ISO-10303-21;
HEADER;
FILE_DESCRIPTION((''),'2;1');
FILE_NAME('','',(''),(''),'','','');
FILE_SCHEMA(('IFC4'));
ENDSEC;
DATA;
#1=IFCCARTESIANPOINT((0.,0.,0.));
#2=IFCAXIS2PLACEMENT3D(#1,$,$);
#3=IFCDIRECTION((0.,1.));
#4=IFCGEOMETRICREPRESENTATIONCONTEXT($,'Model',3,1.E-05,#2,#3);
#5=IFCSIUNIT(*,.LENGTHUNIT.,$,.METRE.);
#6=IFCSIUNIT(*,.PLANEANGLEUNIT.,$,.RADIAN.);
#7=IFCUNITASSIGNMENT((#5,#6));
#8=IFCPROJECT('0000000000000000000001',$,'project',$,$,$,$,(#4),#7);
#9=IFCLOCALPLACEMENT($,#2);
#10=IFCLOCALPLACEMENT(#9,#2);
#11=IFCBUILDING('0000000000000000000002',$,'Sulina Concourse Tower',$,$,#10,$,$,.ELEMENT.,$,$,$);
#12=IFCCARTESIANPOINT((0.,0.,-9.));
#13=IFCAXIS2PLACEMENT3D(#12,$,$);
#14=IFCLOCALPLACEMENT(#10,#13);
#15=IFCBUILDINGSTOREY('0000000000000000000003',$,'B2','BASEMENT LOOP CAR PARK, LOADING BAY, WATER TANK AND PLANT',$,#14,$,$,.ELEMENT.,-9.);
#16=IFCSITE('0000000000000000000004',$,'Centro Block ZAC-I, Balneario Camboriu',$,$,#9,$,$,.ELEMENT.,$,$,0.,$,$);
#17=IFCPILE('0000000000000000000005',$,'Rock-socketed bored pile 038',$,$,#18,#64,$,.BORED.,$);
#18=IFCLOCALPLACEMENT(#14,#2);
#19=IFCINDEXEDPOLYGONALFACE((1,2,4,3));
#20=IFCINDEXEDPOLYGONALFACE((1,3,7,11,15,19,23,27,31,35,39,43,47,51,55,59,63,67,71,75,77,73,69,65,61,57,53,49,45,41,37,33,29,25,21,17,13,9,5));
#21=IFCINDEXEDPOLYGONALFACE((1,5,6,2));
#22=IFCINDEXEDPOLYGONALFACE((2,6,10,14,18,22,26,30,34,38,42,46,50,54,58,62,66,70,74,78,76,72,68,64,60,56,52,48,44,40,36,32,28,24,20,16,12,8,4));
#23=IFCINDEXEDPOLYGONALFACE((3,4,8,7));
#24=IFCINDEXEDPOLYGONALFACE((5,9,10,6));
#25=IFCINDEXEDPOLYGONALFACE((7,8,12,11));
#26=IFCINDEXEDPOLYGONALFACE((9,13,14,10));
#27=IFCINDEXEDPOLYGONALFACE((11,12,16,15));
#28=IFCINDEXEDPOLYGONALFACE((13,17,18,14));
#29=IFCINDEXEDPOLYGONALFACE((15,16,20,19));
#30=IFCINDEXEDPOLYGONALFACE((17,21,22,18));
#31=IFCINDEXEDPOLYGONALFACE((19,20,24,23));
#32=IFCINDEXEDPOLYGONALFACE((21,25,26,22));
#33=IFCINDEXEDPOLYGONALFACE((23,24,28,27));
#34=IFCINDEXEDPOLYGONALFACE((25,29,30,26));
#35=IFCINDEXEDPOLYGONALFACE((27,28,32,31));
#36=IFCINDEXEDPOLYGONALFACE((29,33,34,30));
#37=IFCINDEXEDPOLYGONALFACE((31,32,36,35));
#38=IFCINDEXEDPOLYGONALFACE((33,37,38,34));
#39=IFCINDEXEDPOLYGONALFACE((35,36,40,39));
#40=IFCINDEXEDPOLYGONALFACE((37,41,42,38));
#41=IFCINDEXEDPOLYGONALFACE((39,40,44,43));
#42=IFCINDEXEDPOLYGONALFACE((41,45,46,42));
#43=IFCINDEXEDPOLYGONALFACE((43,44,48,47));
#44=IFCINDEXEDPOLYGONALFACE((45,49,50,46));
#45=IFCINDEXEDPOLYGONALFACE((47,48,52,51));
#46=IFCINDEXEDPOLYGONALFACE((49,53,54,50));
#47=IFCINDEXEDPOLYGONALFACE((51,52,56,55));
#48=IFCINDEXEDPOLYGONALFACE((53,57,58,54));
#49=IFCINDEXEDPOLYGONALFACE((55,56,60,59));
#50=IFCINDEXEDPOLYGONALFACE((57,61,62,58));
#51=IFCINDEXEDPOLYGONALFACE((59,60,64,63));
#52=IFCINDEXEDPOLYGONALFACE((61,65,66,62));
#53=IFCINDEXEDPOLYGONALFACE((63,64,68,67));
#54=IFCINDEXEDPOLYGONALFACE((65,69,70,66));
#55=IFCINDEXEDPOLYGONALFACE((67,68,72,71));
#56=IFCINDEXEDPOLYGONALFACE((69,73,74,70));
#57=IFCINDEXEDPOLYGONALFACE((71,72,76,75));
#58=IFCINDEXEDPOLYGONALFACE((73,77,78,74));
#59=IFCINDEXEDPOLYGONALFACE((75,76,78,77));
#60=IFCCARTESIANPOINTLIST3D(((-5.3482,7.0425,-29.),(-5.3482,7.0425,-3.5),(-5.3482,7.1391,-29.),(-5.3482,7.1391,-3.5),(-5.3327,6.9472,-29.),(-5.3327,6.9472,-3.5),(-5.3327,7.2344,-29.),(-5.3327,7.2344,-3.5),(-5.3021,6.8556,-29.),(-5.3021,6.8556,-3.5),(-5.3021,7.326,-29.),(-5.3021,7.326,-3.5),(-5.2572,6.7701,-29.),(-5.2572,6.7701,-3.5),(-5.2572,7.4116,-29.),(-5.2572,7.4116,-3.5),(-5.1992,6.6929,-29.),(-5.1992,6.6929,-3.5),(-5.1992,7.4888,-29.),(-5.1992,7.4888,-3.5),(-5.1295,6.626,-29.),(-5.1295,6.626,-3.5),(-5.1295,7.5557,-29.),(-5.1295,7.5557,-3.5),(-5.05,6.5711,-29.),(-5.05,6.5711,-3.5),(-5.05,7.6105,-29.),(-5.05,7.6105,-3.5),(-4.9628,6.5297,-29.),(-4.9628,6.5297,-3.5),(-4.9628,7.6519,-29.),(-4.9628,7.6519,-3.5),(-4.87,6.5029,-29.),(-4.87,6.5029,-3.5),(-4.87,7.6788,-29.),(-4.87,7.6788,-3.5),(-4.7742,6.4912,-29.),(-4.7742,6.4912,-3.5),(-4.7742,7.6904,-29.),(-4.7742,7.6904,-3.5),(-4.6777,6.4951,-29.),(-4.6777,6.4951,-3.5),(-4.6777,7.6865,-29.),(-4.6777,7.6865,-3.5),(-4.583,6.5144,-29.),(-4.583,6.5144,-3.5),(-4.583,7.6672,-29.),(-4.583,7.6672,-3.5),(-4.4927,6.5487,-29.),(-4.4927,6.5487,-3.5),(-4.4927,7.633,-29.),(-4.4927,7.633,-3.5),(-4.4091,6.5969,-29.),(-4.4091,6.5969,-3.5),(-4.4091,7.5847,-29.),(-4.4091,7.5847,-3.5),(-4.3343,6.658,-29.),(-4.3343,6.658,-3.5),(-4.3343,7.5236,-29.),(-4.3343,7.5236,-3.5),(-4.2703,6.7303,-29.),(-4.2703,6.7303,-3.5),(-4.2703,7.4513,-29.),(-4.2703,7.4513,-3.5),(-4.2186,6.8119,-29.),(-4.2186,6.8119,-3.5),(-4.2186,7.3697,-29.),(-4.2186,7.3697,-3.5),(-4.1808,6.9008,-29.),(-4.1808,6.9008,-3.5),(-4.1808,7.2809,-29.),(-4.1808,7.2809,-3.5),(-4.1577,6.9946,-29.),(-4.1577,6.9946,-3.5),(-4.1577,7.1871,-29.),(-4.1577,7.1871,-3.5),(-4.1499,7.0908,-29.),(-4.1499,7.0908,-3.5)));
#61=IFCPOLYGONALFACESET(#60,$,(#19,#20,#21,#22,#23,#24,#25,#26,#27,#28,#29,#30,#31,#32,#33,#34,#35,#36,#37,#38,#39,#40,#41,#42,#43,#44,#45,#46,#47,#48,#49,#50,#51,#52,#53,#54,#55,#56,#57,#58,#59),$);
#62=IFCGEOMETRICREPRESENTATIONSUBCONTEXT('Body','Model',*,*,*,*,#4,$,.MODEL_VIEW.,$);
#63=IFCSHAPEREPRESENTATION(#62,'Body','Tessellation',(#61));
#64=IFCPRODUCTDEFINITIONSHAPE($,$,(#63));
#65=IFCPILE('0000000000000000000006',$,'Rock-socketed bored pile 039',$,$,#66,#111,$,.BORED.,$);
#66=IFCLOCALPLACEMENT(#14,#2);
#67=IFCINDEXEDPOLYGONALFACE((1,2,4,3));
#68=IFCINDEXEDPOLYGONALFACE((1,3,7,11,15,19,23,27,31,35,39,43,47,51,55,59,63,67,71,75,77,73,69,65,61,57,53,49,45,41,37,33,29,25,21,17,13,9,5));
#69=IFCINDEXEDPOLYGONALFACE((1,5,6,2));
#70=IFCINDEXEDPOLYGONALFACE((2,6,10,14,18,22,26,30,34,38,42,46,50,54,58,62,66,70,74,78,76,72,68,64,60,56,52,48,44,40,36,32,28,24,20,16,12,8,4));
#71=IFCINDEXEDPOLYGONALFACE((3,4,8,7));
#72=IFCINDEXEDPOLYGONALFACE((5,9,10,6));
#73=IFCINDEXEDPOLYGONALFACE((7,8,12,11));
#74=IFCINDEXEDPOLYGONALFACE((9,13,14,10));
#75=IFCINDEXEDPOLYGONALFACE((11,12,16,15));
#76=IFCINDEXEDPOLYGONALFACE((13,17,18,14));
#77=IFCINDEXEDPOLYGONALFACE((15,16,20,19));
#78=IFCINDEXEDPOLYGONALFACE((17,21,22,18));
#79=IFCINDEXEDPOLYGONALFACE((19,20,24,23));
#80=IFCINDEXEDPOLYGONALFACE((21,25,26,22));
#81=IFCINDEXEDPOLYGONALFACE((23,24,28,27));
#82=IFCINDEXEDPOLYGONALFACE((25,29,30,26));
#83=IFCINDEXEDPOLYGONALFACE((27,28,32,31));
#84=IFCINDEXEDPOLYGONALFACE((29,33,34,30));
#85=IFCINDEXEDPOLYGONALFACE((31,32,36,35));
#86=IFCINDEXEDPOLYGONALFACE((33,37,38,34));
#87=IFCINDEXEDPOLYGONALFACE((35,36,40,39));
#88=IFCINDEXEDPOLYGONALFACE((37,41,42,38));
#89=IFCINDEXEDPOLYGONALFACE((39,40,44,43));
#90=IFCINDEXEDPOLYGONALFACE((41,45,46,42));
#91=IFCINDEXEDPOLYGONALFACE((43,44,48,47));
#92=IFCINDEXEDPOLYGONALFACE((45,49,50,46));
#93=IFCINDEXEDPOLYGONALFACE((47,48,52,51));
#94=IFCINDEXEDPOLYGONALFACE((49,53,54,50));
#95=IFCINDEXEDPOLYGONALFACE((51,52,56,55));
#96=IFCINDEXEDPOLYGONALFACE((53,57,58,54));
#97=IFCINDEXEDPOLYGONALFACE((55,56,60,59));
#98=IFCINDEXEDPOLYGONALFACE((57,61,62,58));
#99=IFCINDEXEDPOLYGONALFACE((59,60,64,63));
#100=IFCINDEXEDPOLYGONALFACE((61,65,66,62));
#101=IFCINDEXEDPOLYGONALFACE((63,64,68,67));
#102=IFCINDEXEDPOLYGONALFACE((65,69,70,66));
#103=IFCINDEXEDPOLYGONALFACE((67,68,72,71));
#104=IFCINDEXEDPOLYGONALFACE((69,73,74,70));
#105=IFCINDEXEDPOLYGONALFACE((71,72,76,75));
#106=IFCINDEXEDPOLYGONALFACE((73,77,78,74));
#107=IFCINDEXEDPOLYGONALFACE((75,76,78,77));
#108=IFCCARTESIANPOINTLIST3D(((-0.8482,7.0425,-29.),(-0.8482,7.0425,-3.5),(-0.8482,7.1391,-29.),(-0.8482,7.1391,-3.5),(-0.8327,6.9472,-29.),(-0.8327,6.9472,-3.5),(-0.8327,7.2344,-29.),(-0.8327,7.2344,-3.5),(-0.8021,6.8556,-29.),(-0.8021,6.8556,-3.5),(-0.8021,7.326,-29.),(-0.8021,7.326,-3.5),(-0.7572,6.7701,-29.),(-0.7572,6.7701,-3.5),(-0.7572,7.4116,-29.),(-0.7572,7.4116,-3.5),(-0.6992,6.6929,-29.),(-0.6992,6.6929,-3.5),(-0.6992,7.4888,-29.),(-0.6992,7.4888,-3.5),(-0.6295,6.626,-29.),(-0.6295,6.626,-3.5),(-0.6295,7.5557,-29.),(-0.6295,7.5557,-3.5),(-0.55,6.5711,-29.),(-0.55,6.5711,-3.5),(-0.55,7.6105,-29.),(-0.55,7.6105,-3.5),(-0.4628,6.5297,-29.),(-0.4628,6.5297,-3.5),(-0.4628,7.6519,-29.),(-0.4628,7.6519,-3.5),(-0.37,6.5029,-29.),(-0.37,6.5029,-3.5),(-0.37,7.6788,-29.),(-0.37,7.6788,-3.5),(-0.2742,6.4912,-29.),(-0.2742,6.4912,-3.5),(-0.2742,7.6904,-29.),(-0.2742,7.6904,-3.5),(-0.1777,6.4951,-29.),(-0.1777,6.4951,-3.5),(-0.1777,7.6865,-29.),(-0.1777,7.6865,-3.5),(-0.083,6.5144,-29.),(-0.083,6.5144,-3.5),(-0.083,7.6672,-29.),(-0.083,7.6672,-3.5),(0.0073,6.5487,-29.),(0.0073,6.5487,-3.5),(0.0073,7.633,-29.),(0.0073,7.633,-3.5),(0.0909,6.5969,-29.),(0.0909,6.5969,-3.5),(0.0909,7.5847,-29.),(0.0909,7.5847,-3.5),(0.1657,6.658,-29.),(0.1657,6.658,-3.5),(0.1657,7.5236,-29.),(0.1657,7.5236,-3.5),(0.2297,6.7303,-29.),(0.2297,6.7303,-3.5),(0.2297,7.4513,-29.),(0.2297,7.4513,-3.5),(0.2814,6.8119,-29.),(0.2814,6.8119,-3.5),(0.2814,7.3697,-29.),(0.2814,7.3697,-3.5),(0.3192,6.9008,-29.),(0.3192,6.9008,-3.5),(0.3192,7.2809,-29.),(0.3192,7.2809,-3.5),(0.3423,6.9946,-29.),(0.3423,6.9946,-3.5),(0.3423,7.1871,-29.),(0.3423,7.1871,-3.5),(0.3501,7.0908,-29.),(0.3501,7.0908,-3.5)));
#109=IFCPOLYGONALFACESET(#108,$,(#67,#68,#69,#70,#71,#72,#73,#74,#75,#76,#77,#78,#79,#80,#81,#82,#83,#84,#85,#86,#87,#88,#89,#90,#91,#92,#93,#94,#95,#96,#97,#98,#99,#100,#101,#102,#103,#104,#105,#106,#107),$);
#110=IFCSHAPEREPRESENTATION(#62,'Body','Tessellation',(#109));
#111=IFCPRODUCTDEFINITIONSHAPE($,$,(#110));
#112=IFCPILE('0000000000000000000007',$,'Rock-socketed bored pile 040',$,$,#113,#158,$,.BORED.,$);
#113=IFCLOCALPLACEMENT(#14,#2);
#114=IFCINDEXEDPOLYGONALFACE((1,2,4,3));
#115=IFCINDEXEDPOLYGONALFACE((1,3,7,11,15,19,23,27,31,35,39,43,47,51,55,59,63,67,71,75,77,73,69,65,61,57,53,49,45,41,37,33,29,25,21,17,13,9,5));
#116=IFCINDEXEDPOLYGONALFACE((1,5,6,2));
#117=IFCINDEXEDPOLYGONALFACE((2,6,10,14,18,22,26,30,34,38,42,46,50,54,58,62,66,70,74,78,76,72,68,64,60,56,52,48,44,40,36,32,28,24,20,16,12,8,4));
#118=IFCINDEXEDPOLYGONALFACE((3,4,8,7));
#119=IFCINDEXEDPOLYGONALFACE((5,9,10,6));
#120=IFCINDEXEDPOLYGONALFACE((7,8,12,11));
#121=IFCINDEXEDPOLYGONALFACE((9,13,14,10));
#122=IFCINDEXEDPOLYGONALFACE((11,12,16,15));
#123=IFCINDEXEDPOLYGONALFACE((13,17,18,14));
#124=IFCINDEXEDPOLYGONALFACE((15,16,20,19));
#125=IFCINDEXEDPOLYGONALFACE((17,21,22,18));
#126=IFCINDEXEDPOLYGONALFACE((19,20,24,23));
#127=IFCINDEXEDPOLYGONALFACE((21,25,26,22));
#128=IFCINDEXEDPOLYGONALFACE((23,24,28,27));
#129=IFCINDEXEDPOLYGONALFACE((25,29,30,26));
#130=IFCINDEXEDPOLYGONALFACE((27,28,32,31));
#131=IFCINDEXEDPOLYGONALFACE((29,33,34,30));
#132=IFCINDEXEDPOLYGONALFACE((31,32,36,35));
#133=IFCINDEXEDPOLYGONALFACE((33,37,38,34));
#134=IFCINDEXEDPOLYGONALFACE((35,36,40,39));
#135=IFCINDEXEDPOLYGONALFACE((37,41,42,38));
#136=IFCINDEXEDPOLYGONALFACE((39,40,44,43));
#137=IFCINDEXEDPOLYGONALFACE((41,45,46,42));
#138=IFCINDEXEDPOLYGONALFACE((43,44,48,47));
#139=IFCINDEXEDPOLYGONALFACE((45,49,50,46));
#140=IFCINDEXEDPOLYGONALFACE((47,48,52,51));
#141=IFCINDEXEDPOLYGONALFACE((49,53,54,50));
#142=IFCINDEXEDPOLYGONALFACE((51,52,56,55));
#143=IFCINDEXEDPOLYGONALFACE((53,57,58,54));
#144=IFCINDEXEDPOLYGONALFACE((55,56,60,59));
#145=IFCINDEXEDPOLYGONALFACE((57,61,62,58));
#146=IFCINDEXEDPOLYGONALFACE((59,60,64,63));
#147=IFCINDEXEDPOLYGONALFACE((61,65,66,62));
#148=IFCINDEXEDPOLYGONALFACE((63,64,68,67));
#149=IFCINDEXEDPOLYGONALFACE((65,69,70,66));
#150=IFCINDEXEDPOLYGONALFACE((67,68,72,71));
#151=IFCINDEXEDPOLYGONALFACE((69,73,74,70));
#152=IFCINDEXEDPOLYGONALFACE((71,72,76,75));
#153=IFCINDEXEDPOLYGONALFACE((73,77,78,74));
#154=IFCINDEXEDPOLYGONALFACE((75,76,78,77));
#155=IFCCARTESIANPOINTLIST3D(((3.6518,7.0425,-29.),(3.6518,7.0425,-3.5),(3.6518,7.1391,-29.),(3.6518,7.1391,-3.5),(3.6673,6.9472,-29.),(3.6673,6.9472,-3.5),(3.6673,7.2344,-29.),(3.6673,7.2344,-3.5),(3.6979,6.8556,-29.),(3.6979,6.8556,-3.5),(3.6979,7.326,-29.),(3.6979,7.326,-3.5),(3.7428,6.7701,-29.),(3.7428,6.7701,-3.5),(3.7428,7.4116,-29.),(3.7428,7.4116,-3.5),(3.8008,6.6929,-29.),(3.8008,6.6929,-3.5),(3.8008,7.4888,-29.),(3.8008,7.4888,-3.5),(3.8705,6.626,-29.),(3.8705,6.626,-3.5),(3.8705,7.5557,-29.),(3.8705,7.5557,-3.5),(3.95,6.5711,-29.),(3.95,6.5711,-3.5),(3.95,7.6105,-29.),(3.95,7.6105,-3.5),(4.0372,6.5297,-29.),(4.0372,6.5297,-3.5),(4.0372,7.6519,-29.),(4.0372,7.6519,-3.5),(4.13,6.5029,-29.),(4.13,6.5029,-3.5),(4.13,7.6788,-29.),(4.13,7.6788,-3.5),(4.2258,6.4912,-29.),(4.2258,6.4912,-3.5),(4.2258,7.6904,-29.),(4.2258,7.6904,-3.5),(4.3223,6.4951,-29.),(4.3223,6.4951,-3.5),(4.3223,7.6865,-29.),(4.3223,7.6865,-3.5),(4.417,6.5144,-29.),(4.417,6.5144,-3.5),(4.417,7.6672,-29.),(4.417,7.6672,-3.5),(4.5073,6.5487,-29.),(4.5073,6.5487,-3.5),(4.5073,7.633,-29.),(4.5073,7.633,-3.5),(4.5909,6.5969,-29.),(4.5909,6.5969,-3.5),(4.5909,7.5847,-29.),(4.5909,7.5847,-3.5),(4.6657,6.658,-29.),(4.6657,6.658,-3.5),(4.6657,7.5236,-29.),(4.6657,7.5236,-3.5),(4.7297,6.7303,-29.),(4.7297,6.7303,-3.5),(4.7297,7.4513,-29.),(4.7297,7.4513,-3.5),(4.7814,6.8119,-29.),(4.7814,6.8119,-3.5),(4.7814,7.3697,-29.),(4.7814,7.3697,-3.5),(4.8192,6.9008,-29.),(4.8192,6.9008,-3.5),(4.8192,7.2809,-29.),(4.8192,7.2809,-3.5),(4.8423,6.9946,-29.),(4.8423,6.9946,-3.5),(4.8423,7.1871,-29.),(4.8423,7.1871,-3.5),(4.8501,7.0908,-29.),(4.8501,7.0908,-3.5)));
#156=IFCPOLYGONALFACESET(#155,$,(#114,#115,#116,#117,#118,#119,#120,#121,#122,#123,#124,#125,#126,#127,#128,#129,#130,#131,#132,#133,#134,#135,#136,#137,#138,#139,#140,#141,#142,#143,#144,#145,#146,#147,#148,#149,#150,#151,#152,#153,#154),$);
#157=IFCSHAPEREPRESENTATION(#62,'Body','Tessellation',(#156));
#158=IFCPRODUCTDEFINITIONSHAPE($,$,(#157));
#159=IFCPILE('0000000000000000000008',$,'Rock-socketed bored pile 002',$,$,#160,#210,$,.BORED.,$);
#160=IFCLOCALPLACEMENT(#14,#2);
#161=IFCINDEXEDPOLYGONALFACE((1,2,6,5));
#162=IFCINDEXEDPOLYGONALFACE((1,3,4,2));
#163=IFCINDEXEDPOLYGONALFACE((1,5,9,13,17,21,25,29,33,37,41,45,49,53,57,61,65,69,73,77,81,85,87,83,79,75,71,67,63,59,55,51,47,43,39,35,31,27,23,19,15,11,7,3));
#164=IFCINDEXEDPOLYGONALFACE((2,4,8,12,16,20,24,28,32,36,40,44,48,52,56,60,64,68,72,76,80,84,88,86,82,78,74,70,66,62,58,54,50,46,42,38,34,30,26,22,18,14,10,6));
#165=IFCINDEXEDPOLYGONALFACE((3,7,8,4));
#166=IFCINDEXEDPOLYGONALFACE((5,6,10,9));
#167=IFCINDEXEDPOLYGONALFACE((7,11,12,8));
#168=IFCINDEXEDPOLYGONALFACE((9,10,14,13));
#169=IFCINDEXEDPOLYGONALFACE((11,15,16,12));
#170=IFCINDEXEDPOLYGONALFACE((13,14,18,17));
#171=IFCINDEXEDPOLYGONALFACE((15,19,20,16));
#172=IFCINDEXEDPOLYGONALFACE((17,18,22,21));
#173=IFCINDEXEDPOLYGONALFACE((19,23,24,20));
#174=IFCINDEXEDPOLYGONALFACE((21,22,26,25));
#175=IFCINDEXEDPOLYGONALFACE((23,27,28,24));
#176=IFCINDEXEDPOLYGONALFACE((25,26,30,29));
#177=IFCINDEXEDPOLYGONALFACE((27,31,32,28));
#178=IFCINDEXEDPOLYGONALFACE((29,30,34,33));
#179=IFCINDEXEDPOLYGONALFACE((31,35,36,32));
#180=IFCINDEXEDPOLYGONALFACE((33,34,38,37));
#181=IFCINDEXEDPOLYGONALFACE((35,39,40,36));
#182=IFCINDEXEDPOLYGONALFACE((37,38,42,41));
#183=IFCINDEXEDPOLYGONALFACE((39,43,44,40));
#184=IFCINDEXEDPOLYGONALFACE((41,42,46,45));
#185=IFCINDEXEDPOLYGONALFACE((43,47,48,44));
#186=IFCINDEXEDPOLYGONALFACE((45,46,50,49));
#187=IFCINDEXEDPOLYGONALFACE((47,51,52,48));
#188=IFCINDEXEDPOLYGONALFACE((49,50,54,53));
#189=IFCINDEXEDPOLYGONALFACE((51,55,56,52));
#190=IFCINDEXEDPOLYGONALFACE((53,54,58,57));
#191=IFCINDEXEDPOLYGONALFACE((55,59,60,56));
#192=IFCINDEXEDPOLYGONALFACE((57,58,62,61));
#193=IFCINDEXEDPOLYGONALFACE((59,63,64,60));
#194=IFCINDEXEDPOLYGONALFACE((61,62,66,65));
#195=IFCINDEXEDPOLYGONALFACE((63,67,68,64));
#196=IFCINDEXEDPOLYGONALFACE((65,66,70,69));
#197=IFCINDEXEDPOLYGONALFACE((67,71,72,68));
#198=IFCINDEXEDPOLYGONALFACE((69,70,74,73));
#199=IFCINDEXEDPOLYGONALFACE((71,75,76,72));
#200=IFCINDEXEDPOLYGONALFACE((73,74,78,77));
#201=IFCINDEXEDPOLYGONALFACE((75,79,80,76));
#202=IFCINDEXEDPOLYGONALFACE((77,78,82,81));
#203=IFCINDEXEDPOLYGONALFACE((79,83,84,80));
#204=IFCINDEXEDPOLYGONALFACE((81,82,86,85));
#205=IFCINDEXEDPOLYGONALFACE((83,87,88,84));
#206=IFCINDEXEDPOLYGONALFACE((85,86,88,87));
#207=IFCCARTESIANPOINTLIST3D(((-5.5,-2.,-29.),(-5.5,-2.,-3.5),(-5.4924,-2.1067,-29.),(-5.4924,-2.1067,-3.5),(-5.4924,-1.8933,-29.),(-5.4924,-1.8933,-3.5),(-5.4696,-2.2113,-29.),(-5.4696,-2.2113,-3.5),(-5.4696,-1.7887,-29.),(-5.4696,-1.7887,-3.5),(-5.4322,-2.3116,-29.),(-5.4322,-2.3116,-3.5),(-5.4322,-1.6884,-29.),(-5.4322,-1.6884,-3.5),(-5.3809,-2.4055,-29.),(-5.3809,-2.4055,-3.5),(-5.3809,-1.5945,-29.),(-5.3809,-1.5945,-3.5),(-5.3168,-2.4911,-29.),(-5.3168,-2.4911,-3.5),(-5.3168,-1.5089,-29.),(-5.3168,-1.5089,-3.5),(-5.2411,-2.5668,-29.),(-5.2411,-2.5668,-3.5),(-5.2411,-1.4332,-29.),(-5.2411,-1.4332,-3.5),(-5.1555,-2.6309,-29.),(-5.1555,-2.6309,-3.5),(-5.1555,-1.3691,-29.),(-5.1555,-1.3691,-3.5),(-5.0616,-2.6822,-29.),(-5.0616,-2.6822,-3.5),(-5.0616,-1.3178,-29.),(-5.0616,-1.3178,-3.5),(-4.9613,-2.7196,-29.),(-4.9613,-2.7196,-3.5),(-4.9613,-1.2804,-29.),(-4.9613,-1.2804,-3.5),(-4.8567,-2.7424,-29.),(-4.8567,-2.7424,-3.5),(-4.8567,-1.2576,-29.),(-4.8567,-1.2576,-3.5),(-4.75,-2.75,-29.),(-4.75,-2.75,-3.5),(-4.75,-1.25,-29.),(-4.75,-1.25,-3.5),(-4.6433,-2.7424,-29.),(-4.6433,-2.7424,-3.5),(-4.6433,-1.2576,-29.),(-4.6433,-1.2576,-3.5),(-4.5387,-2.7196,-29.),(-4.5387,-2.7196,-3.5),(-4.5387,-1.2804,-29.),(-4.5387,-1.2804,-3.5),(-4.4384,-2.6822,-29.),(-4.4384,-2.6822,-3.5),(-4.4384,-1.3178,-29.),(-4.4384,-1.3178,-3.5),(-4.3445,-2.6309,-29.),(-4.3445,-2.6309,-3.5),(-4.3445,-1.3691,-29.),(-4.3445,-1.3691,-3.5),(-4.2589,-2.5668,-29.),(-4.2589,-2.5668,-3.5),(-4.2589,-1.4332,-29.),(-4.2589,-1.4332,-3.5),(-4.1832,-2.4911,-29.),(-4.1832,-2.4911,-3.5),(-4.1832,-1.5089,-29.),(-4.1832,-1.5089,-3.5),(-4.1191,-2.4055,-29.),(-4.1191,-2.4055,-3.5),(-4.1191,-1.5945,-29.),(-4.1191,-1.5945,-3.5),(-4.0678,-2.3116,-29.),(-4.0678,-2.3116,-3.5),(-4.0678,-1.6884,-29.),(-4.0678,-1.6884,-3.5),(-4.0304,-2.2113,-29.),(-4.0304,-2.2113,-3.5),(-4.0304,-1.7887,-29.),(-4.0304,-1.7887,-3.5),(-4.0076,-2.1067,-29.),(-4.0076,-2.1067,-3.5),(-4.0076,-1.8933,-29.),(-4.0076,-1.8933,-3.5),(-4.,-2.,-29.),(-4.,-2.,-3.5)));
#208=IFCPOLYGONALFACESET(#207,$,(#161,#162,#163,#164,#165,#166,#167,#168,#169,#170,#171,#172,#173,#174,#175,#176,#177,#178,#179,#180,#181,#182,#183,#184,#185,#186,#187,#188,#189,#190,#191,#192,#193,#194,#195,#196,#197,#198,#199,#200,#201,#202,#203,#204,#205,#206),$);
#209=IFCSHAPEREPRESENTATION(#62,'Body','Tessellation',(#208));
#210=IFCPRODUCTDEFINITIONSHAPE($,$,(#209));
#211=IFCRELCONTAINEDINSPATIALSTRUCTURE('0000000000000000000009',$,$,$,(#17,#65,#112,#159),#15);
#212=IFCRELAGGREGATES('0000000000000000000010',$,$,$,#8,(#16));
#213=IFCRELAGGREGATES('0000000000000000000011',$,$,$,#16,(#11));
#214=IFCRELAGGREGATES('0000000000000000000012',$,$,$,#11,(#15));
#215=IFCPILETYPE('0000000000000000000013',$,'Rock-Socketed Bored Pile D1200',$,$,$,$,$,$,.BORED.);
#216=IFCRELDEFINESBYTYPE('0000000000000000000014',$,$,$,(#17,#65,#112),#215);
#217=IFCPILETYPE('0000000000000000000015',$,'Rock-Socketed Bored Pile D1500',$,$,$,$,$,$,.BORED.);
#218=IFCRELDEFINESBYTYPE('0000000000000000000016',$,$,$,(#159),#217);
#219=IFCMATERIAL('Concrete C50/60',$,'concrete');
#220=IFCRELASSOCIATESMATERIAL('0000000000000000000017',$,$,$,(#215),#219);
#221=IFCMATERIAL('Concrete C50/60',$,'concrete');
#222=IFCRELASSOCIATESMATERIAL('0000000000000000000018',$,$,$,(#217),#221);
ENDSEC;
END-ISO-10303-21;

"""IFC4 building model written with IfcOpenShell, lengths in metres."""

from ifc_helpers import new_model, si_unit, direction, frame, origin, origin_2d, place, context, subcontext, project, spatial, circle, extrude, material, material_profile, profile_set, type_object, element, save


model = new_model("IFC4")

# Units and contexts
model_context = context("Model", 3, precision=1e-05, world=origin(), true_north=direction((0.0, 1.0)))
body_context = subcontext(model_context, "Body", "Model", "MODEL_VIEW")
ifc_project = project(units=[si_unit("LENGTHUNIT", "METRE"), si_unit("PLANEANGLEUNIT", "RADIAN")], contexts=[model_context])

# Site, building, storey
site_placement = place(None, origin())
site = spatial("IfcSite", under=ifc_project, at=site_placement, Name="Centro Block ZAC-I, Balneario Camboriu", CompositionType="ELEMENT", RefElevation=0.0)
building_placement = place(site_placement, origin())
building = spatial("IfcBuilding", under=site, at=building_placement, Name="Sulina Concourse Tower", CompositionType="ELEMENT")
storey_placement = place(building_placement, frame((0.0, 0.0, -9.0)))
storey = spatial("IfcBuildingStorey", under=building, at=storey_placement, Name="B2", Description="BASEMENT LOOP CAR PARK, LOADING BAY, WATER TANK AND PLANT", CompositionType="ELEMENT", Elevation=-9.0)

# Piles
ifc_material_1 = material(Name="Concrete C50/60", Category="concrete")
ifc_material_profile_1 = material_profile(ifc_material_1, circle(Radius=0.6001, at=origin_2d()), Name="PILE D1200")
ifc_profile_set_1 = profile_set([ifc_material_profile_1], Name="Concrete C50/60")
pile_type_1 = type_object("IfcPileType", Name="Rock-Socketed Bored Pile D1200", PredefinedType="BORED", material=ifc_profile_set_1)
for number, where, z_axis, x_axis, name in (
    (1, (-4.75, 7.0908, -3.5), (0.0, 0.0, -1.0), (1.0, 0.0, 0.0), "Rock-socketed bored pile 038"),
    (2, (-0.25, 7.0908, -3.5), (0.0, 0.0, -1.0), (1.0, 0.0, 0.0), "Rock-socketed bored pile 039"),
    (3, (4.25, 7.0908, -3.5), (0.0, 0.0, -1.0), (1.0, 0.0, 0.0), "Rock-socketed bored pile 040"),
):
    element("IfcPile", number, at=place(storey_placement, frame(where, z_axis=z_axis, x_axis=x_axis)), inside=storey, type_object=pile_type_1, Name=name, PredefinedType="BORED", context=body_context, shape_type="SweptSolid", body=[
        extrude(circle(Radius=0.6001, at=origin_2d()), origin(), (0.0, 0.0, 1.0), 25.5),
    ])
ifc_material_2 = material(Name="Concrete C50/60", Category="concrete")
ifc_material_profile_2 = material_profile(ifc_material_2, circle(Radius=0.75, at=origin_2d()), Name="PILE D1500")
ifc_profile_set_2 = profile_set([ifc_material_profile_2], Name="Concrete C50/60")
pile_type_2 = type_object("IfcPileType", Name="Rock-Socketed Bored Pile D1500", PredefinedType="BORED", material=ifc_profile_set_2)
for number, where, z_axis, x_axis, name in (
    (4, (-4.75, -2.0, -3.5), (0.0, 0.0, -1.0), (1.0, 0.0, 0.0), "Rock-socketed bored pile 002"),
):
    element("IfcPile", number, at=place(storey_placement, frame(where, z_axis=z_axis, x_axis=x_axis)), inside=storey, type_object=pile_type_2, Name=name, PredefinedType="BORED", context=body_context, shape_type="SweptSolid", body=[
        extrude(circle(Radius=0.75, at=origin_2d()), origin(), (0.0, 0.0, 1.0), 25.5),
    ])

save(model, "model.ifc")
